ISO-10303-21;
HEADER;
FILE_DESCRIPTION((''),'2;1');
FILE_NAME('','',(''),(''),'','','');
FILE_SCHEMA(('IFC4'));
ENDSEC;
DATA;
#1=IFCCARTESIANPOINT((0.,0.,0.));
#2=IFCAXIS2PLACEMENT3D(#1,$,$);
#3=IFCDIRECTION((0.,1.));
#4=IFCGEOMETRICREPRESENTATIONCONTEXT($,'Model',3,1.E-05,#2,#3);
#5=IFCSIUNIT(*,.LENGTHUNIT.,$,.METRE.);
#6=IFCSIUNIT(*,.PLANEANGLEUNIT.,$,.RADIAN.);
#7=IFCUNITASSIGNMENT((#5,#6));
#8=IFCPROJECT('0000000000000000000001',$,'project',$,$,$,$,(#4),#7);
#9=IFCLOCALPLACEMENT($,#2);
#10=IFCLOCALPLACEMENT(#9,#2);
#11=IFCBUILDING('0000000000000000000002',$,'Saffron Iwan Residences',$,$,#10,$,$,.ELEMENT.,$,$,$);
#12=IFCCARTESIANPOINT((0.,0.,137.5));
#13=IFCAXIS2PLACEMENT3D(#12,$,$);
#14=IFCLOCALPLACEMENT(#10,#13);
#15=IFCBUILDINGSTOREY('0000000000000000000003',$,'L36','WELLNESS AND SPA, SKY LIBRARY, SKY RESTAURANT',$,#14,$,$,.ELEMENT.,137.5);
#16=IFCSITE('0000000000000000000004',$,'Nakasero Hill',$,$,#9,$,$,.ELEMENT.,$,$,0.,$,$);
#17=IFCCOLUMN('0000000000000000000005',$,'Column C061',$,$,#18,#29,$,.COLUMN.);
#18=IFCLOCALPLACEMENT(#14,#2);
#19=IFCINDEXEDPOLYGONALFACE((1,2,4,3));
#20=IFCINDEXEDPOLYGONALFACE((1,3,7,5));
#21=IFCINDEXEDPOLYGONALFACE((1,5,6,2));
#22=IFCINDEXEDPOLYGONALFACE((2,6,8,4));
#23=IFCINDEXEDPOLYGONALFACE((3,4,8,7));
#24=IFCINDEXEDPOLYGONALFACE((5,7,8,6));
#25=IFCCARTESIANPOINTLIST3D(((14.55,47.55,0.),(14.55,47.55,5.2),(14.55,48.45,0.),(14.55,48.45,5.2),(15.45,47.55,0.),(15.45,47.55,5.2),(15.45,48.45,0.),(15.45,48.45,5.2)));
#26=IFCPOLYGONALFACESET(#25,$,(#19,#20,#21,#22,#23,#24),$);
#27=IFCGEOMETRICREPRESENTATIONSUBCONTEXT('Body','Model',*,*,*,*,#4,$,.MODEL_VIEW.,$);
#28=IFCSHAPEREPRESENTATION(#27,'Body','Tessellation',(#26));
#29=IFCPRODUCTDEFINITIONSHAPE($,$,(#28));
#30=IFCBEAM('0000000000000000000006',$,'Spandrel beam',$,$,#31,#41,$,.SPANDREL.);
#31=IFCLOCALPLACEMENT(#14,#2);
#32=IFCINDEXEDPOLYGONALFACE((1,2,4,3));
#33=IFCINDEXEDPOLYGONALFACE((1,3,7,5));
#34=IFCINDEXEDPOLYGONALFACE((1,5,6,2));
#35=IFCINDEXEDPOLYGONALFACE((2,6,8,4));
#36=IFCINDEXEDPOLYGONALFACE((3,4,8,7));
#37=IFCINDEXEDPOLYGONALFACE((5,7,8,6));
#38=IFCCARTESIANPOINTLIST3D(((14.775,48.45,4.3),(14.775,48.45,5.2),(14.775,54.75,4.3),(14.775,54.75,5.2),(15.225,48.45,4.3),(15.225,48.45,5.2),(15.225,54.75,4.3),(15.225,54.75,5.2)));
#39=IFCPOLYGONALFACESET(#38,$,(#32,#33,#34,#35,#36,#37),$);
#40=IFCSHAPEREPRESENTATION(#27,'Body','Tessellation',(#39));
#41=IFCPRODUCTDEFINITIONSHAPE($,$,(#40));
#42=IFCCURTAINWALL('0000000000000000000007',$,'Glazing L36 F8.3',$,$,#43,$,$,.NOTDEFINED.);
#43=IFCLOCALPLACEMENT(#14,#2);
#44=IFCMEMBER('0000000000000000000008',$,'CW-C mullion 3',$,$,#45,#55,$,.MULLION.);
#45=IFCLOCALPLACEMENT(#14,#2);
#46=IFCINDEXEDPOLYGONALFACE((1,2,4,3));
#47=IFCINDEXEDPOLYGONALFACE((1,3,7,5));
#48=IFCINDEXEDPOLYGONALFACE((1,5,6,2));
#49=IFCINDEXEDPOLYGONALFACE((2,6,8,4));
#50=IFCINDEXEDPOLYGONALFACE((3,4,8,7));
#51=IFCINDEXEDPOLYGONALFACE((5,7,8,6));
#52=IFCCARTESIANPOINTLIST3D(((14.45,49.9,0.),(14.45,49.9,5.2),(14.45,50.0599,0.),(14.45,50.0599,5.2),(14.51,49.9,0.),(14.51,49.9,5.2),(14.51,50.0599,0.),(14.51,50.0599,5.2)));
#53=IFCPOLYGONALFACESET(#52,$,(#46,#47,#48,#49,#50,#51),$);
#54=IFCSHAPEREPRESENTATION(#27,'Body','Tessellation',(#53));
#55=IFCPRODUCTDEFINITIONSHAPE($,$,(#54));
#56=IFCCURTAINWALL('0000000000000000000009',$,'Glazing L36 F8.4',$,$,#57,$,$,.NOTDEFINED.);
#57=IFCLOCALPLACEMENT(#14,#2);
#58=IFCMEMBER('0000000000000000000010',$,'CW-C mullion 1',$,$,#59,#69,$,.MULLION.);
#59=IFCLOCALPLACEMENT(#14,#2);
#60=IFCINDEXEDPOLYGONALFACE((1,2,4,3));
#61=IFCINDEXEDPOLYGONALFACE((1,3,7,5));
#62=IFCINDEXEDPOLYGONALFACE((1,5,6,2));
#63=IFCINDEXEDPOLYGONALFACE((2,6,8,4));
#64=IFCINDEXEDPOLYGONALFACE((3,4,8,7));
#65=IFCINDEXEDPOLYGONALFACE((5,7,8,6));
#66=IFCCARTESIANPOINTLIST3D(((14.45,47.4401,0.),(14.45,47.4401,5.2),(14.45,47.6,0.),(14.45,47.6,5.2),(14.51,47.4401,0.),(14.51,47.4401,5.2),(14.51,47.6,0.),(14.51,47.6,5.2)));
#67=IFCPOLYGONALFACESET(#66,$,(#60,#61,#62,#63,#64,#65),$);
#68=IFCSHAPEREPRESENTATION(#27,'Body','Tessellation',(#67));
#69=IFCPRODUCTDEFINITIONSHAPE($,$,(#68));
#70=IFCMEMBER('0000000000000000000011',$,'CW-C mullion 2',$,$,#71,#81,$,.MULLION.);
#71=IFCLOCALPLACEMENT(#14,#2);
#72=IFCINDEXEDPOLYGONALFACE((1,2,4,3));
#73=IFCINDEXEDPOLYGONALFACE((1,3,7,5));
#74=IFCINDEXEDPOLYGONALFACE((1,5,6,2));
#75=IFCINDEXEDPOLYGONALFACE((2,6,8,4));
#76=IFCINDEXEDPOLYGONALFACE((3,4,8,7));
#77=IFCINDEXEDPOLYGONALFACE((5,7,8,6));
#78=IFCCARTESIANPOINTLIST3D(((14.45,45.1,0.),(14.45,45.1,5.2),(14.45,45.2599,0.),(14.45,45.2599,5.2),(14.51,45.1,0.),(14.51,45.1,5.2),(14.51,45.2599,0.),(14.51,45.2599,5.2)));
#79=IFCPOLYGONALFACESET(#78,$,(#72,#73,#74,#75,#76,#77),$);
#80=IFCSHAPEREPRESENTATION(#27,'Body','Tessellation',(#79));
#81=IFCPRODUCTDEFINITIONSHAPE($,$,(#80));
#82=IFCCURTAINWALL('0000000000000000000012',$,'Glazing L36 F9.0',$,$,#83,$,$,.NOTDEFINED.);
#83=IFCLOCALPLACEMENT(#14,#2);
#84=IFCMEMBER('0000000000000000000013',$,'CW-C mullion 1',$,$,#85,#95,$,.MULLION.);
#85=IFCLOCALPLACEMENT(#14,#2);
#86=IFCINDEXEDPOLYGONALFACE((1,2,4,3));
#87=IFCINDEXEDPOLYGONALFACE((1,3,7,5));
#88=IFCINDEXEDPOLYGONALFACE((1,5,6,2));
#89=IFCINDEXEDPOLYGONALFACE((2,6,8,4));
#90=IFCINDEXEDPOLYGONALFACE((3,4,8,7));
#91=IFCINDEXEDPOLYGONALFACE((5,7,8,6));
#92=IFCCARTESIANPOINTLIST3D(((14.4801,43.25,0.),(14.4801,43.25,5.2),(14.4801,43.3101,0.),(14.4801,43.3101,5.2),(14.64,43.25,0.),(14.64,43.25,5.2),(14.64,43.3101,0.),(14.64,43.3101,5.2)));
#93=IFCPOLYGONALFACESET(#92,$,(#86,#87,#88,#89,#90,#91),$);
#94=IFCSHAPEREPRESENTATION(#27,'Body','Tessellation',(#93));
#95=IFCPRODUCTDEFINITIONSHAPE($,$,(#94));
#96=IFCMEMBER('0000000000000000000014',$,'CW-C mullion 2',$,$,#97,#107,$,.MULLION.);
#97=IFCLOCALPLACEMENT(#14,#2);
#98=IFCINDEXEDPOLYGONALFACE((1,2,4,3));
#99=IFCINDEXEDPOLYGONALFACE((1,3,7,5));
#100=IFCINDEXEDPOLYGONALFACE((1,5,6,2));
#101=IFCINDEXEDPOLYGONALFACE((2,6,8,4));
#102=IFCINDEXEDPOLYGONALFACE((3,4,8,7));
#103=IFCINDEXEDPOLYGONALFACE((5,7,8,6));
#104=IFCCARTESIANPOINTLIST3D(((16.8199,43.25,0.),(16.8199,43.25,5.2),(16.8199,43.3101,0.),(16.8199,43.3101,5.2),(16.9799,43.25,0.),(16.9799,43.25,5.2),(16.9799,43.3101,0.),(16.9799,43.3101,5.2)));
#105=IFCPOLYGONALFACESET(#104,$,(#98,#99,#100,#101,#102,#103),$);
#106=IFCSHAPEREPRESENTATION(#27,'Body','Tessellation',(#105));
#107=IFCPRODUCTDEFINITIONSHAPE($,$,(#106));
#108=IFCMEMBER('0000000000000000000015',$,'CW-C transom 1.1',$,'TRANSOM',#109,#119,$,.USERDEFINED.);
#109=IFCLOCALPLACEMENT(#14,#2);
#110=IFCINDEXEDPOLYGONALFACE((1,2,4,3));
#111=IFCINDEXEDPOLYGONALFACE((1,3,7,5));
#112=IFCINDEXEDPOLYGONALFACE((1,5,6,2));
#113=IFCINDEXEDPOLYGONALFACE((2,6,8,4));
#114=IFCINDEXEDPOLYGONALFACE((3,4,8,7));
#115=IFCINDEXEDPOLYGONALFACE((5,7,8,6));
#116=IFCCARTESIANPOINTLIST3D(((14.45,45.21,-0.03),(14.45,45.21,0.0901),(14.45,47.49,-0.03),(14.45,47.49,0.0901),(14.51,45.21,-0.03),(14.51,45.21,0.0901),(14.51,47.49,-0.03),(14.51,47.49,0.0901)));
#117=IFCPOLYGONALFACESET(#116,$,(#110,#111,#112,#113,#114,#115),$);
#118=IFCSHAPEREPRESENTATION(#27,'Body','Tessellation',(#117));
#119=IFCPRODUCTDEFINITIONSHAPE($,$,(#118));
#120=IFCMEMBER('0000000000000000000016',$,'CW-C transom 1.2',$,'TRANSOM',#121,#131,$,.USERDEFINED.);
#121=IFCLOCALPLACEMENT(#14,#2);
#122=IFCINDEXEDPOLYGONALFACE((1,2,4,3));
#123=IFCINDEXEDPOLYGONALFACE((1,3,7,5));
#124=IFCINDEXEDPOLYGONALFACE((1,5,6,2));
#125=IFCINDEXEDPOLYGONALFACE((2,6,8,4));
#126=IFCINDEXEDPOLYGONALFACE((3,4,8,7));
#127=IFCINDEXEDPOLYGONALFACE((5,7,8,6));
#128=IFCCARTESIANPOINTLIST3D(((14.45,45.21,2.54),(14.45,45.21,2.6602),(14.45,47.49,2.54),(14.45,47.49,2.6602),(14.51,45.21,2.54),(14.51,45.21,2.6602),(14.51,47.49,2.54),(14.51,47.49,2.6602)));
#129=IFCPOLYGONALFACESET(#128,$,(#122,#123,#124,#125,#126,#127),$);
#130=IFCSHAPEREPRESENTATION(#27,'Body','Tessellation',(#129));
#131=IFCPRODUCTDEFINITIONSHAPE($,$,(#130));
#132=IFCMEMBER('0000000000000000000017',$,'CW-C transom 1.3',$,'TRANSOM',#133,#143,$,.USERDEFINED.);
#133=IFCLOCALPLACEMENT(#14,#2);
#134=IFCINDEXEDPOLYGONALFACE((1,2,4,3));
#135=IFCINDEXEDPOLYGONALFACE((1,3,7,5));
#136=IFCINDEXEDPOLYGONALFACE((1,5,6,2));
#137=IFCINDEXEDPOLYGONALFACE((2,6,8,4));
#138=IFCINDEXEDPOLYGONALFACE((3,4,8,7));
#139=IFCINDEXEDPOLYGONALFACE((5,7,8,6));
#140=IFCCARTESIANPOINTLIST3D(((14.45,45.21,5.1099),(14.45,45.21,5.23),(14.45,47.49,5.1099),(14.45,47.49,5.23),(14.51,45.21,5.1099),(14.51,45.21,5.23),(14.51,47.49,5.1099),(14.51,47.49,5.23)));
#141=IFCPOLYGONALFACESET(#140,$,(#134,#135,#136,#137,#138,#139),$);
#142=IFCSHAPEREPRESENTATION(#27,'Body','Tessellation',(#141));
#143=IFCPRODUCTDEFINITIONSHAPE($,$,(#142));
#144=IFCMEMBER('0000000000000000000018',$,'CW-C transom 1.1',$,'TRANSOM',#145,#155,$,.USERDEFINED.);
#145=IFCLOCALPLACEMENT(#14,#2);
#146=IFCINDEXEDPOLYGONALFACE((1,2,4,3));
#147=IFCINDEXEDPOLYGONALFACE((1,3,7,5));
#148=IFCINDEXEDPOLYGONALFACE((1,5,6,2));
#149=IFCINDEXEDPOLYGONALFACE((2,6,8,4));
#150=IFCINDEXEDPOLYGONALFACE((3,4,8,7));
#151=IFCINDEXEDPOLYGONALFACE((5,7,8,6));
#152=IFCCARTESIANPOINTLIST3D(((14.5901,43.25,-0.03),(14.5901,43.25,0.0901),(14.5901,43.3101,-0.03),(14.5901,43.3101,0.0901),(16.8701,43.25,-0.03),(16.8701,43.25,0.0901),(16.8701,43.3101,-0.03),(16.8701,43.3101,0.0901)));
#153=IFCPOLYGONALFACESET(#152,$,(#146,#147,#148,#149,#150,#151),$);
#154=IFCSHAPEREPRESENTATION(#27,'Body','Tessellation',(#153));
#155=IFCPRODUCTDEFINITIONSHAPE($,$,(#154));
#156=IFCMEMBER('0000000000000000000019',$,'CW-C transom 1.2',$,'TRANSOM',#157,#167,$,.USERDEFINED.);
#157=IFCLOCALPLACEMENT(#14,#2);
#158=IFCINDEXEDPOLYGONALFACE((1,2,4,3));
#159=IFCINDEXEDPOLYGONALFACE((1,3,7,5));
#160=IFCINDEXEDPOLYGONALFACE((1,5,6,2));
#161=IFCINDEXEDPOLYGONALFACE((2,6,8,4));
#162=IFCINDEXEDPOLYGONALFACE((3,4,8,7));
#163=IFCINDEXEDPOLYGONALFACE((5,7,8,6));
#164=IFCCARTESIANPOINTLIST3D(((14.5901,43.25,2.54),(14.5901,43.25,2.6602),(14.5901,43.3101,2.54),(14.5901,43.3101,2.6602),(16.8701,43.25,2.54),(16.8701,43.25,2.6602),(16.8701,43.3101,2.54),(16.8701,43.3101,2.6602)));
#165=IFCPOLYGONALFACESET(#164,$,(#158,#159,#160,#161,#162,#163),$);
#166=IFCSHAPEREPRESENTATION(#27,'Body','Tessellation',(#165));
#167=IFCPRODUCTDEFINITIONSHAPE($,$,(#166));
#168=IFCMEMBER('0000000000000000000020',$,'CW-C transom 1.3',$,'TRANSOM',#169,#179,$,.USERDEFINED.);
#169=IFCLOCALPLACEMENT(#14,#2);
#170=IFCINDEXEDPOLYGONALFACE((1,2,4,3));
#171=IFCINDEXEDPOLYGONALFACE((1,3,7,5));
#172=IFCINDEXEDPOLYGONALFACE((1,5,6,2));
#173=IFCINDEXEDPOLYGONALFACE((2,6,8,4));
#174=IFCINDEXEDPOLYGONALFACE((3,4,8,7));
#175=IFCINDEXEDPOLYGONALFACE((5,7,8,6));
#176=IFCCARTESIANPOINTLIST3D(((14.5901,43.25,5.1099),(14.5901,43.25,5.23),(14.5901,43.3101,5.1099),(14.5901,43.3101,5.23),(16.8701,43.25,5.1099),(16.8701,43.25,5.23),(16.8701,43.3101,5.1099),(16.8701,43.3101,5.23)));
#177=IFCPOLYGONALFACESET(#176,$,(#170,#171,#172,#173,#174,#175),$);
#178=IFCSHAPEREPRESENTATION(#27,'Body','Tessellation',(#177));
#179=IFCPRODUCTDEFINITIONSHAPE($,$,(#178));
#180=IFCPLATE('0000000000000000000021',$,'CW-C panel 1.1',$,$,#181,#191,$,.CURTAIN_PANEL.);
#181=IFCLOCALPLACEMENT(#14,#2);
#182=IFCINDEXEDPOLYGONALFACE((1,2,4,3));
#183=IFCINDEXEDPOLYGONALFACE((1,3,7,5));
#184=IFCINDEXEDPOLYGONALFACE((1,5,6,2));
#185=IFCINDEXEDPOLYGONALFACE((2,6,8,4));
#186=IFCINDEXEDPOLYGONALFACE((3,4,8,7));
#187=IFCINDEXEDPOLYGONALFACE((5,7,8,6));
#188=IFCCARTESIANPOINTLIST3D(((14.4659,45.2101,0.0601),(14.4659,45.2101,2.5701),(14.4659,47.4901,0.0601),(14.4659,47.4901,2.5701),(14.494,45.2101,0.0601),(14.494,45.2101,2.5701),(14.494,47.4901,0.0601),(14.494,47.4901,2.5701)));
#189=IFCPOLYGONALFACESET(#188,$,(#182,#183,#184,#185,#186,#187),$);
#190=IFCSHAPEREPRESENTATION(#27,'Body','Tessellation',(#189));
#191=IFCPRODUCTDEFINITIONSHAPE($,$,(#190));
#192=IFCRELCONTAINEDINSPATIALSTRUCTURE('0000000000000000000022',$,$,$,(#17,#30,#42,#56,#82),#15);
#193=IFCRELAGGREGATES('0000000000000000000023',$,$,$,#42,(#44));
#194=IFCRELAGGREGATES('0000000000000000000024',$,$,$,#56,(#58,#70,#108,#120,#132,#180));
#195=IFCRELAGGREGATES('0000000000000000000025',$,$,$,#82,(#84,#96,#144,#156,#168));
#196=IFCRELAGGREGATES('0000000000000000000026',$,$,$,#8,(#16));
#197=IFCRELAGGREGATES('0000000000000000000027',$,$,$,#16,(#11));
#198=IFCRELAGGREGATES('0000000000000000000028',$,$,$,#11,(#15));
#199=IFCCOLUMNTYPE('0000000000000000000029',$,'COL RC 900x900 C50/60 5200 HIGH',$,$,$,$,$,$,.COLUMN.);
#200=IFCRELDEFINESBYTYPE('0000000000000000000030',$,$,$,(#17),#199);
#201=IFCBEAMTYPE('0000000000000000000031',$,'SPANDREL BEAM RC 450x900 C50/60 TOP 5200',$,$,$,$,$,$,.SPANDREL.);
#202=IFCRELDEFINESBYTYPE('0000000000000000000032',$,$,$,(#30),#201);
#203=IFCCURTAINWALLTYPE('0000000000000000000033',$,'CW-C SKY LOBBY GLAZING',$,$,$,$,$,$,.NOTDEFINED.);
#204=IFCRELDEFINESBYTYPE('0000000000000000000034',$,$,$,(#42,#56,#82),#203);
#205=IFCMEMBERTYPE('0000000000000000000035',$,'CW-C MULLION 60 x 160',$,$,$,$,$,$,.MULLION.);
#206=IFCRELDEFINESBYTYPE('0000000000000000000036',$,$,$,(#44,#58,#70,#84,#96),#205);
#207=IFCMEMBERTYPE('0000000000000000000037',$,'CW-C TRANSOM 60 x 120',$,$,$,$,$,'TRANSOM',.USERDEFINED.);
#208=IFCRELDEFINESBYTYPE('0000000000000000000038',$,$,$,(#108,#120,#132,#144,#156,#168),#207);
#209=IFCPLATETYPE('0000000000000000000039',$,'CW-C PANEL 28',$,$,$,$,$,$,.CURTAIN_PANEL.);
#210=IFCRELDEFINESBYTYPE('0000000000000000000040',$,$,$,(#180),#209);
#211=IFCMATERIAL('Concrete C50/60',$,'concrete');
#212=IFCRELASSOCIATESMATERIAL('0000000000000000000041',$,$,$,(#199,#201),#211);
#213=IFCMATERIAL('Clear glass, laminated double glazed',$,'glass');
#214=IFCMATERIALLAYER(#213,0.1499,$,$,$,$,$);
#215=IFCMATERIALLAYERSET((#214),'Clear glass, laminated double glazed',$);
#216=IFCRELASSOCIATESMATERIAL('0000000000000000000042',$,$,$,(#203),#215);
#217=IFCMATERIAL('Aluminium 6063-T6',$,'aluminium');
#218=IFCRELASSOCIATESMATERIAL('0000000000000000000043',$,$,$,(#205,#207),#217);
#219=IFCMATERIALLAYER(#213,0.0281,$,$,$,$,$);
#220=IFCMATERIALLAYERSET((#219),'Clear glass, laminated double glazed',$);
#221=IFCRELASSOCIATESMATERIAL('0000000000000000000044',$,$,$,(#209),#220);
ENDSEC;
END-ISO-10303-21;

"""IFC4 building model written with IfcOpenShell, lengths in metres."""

from ifc_helpers import new_model, si_unit, direction, frame, origin, origin_2d, place, context, subcontext, project, spatial, rectangle, extrude, source, transform, mapped, material, layer, layer_set, material_profile, profile_set, type_object, element, aggregate, save


model = new_model("IFC4")

# Units and contexts
model_context = context("Model", 3, precision=1e-05, world=origin(), true_north=direction((0.0, 1.0)))
body_context = subcontext(model_context, "Body", "Model", "MODEL_VIEW")
ifc_project = project(units=[si_unit("LENGTHUNIT", "METRE"), si_unit("PLANEANGLEUNIT", "RADIAN")], contexts=[model_context])

# Site, building, storey
site_placement = place(None, origin())
site = spatial("IfcSite", under=ifc_project, at=site_placement, Name="Nakasero Hill", CompositionType="ELEMENT", RefElevation=0.0)
building_placement = place(site_placement, origin())
building = spatial("IfcBuilding", under=site, at=building_placement, Name="Saffron Iwan Residences", CompositionType="ELEMENT")
storey_placement = place(building_placement, frame((0.0, 0.0, 137.5)))
storey = spatial("IfcBuildingStorey", under=building, at=storey_placement, Name="L36", Description="WELLNESS AND SPA, SKY LIBRARY, SKY RESTAURANT", CompositionType="ELEMENT", Elevation=137.5)

# Column
ifc_material_1 = material(Name="Concrete C50/60", Category="concrete")
ifc_material_profile_1 = material_profile(ifc_material_1, rectangle(XDim=0.8999, YDim=0.8999, at=origin_2d()), Name="RC 900x900")
ifc_profile_set_1 = profile_set([ifc_material_profile_1], Name="Concrete C50/60")
column_type = type_object("IfcColumnType", Name="COL RC 900x900 C50/60 5200 HIGH", PredefinedType="COLUMN", material=ifc_profile_set_1)
shared_shape_1 = source(origin(), body_context, "Body", "SweptSolid", [
    extrude(rectangle(XDim=0.8999, YDim=0.8999, at=origin_2d()), origin(), (0.0, 0.0, 1.0), 5.2),
])
column_placement = place(storey_placement, frame((15.0, 48.0, 0.0), z_axis=(0.0, 0.0, 1.0), x_axis=(1.0, 0.0, 0.0)))
element("IfcColumn", 1, at=column_placement, inside=storey, type_object=column_type, Name="Column C061", PredefinedType="COLUMN", context=body_context, shape_type="MappedRepresentation", body=[
    mapped(shared_shape_1, transform((0.0, 0.0, 0.0))),
])

# Beam
ifc_material_profile_2 = material_profile(ifc_material_1, rectangle(XDim=0.45, YDim=0.8999, at=origin_2d()), Name="RC 450x900")
ifc_profile_set_2 = profile_set([ifc_material_profile_2], Name="Concrete C50/60")
beam_type = type_object("IfcBeamType", Name="SPANDREL BEAM RC 450x900 C50/60 TOP 5200", PredefinedType="SPANDREL", material=ifc_profile_set_2)
shared_shape_2 = source(origin(), body_context, "Body", "SweptSolid", [
    extrude(rectangle(XDim=0.45, YDim=0.8999, at=origin_2d()), origin(), (0.0, 0.0, 1.0), 6.3),
])
beam_placement = place(storey_placement, frame((15.0, 48.45, 4.75), z_axis=(0.0, 1.0, 0.0), x_axis=(-1.0, 0.0, 0.0)))
element("IfcBeam", 2, at=beam_placement, inside=storey, type_object=beam_type, Name="Spandrel beam", PredefinedType="SPANDREL", context=body_context, shape_type="MappedRepresentation", body=[
    mapped(shared_shape_2, transform((0.0, 0.0, 0.0))),
])

# Curtain wall, member
ifc_material_2 = material(Name="Clear glass, laminated double glazed", Category="glass")
ifc_layer_1 = layer(ifc_material_2, 0.1499)
ifc_layer_set_1 = layer_set([ifc_layer_1], Name="Clear glass, laminated double glazed")
curtain_wall_type = type_object("IfcCurtainWallType", Name="CW-C SKY LOBBY GLAZING", PredefinedType="NOTDEFINED", material=ifc_layer_set_1)
curtain_wall_1_placement = place(storey_placement, origin())
curtain_wall_1 = element("IfcCurtainWall", 3, at=curtain_wall_1_placement, inside=storey, type_object=curtain_wall_type, Name="Glazing L36 F8.3", PredefinedType="NOTDEFINED")
ifc_material_3 = material(Name="Aluminium 6063-T6", Category="aluminium")
ifc_material_profile_3 = material_profile(ifc_material_3, rectangle(XDim=0.0601, YDim=0.1599, at=origin_2d()), Name="CW-C MULLION 60 x 160")
ifc_profile_set_3 = profile_set([ifc_material_profile_3], Name="Aluminium 6063-T6")
member_type_1 = type_object("IfcMemberType", Name="CW-C MULLION 60 x 160", PredefinedType="MULLION", material=ifc_profile_set_3)
shared_shape_3 = source(origin(), body_context, "Body", "SweptSolid", [
    extrude(rectangle(XDim=0.0601, YDim=0.1599, at=origin_2d()), origin(), (0.0, 0.0, 1.0), 5.2),
])
member_1_placement = place(storey_placement, frame((14.48, 49.98, 0.0), z_axis=(0.0, 0.0, 1.0), x_axis=(1.0, 0.0, 0.0)))
member_1 = element("IfcMember", 4, at=member_1_placement, type_object=member_type_1, Name="CW-C mullion 3", PredefinedType="MULLION", context=body_context, shape_type="MappedRepresentation", body=[
    mapped(shared_shape_3, transform((0.0, 0.0, 0.0))),
])
aggregate(curtain_wall_1, [member_1])

# Curtain walls, members
curtain_wall_2_placement = place(storey_placement, origin())
curtain_wall_2 = element("IfcCurtainWall", 5, at=curtain_wall_2_placement, inside=storey, type_object=curtain_wall_type, Name="Glazing L36 F8.4", PredefinedType="NOTDEFINED")
member_2_placement = place(storey_placement, frame((14.48, 47.52, 0.0), z_axis=(0.0, 0.0, 1.0), x_axis=(1.0, 0.0, 0.0)))
member_2 = element("IfcMember", 6, at=member_2_placement, type_object=member_type_1, Name="CW-C mullion 1", PredefinedType="MULLION", context=body_context, shape_type="MappedRepresentation", body=[
    mapped(shared_shape_3, transform((0.0, 0.0, 0.0))),
])
member_3_placement = place(storey_placement, frame((14.48, 45.1799, 0.0), z_axis=(0.0, 0.0, 1.0), x_axis=(1.0, 0.0, 0.0)))
member_3 = element("IfcMember", 7, at=member_3_placement, type_object=member_type_1, Name="CW-C mullion 2", PredefinedType="MULLION", context=body_context, shape_type="MappedRepresentation", body=[
    mapped(shared_shape_3, transform((0.0, 0.0, 0.0))),
])
curtain_wall_3_placement = place(storey_placement, origin())
curtain_wall_3 = element("IfcCurtainWall", 8, at=curtain_wall_3_placement, inside=storey, type_object=curtain_wall_type, Name="Glazing L36 F9.0", PredefinedType="NOTDEFINED")
member_4_placement = place(storey_placement, frame((14.5601, 43.28, 0.0), z_axis=(0.0, 0.0, 1.0), x_axis=(0.0, 1.0, 0.0)))
member_4 = element("IfcMember", 9, at=member_4_placement, type_object=member_type_1, Name="CW-C mullion 1", PredefinedType="MULLION", context=body_context, shape_type="MappedRepresentation", body=[
    mapped(shared_shape_3, transform((0.0, 0.0, 0.0))),
])
member_5_placement = place(storey_placement, frame((16.8999, 43.28, 0.0), z_axis=(0.0, 0.0, 1.0), x_axis=(0.0, 1.0, 0.0)))
member_5 = element("IfcMember", 10, at=member_5_placement, type_object=member_type_1, Name="CW-C mullion 2", PredefinedType="MULLION", context=body_context, shape_type="MappedRepresentation", body=[
    mapped(shared_shape_3, transform((0.0, 0.0, 0.0))),
])

# Members
ifc_material_profile_4 = material_profile(ifc_material_3, rectangle(XDim=0.0601, YDim=0.1201, at=origin_2d()), Name="CW-C TRANSOM 60 x 120")
ifc_profile_set_4 = profile_set([ifc_material_profile_4], Name="Aluminium 6063-T6")
member_type_2 = type_object("IfcMemberType", Name="CW-C TRANSOM 60 x 120", ElementType="TRANSOM", PredefinedType="USERDEFINED", material=ifc_profile_set_4)
shared_shape_4 = source(origin(), body_context, "Body", "SweptSolid", [
    extrude(rectangle(XDim=0.0601, YDim=0.1201, at=origin_2d()), origin(), (0.0, 0.0, 1.0), 2.28),
])
member_6_placement = place(storey_placement, frame((14.48, 47.49, 0.03), z_axis=(0.0, -1.0, 0.0), x_axis=(1.0, 0.0, 0.0)))
member_6 = element("IfcMember", 11, at=member_6_placement, type_object=member_type_2, Name="CW-C transom 1.1", ObjectType="TRANSOM", PredefinedType="USERDEFINED", context=body_context, shape_type="MappedRepresentation", body=[
    mapped(shared_shape_4, transform((0.0, 0.0, 0.0))),
])
member_7_placement = place(storey_placement, frame((14.48, 47.49, 2.6001), z_axis=(0.0, -1.0, 0.0), x_axis=(1.0, 0.0, 0.0)))
member_7 = element("IfcMember", 12, at=member_7_placement, type_object=member_type_2, Name="CW-C transom 1.2", ObjectType="TRANSOM", PredefinedType="USERDEFINED", context=body_context, shape_type="MappedRepresentation", body=[
    mapped(shared_shape_4, transform((0.0, 0.0, 0.0))),
])
member_8_placement = place(storey_placement, frame((14.48, 47.49, 5.1699), z_axis=(0.0, -1.0, 0.0), x_axis=(1.0, 0.0, 0.0)))
member_8 = element("IfcMember", 13, at=member_8_placement, type_object=member_type_2, Name="CW-C transom 1.3", ObjectType="TRANSOM", PredefinedType="USERDEFINED", context=body_context, shape_type="MappedRepresentation", body=[
    mapped(shared_shape_4, transform((0.0, 0.0, 0.0))),
])
member_9_placement = place(storey_placement, frame((14.5901, 43.28, 0.03), z_axis=(1.0, 0.0, 0.0), x_axis=(0.0, 1.0, 0.0)))
member_9 = element("IfcMember", 14, at=member_9_placement, type_object=member_type_2, Name="CW-C transom 1.1", ObjectType="TRANSOM", PredefinedType="USERDEFINED", context=body_context, shape_type="MappedRepresentation", body=[
    mapped(shared_shape_4, transform((0.0, 0.0, 0.0))),
])
member_10_placement = place(storey_placement, frame((14.5901, 43.28, 2.6001), z_axis=(1.0, 0.0, 0.0), x_axis=(0.0, 1.0, 0.0)))
member_10 = element("IfcMember", 15, at=member_10_placement, type_object=member_type_2, Name="CW-C transom 1.2", ObjectType="TRANSOM", PredefinedType="USERDEFINED", context=body_context, shape_type="MappedRepresentation", body=[
    mapped(shared_shape_4, transform((0.0, 0.0, 0.0))),
])
member_11_placement = place(storey_placement, frame((14.5901, 43.28, 5.1699), z_axis=(1.0, 0.0, 0.0), x_axis=(0.0, 1.0, 0.0)))
member_11 = element("IfcMember", 16, at=member_11_placement, type_object=member_type_2, Name="CW-C transom 1.3", ObjectType="TRANSOM", PredefinedType="USERDEFINED", context=body_context, shape_type="MappedRepresentation", body=[
    mapped(shared_shape_4, transform((0.0, 0.0, 0.0))),
])

# Plate
ifc_layer_2 = layer(ifc_material_2, 0.0281)
ifc_layer_set_2 = layer_set([ifc_layer_2], Name="Clear glass, laminated double glazed")
plate_type = type_object("IfcPlateType", Name="CW-C PANEL 28", PredefinedType="CURTAIN_PANEL", material=ifc_layer_set_2)
shared_shape_5 = source(origin(), body_context, "Body", "SweptSolid", [
    extrude(rectangle(XDim=2.28, YDim=0.0281, at=origin_2d()), origin(), (0.0, 0.0, 1.0), 2.51),
])
plate_1_placement = place(storey_placement, frame((14.48, 46.3501, 0.0601), z_axis=(0.0, 0.0, 1.0), x_axis=(0.0, -1.0, 0.0)))
plate_1 = element("IfcPlate", 17, at=plate_1_placement, type_object=plate_type, Name="CW-C panel 1.1", PredefinedType="CURTAIN_PANEL", context=body_context, shape_type="MappedRepresentation", body=[
    mapped(shared_shape_5, transform((0.0, 0.0, 0.0))),
])
aggregate(curtain_wall_2, [member_2, member_3, member_6, member_7, member_8, plate_1])
aggregate(curtain_wall_3, [member_4, member_5, member_9, member_10, member_11])

save(model, "model.ifc")
